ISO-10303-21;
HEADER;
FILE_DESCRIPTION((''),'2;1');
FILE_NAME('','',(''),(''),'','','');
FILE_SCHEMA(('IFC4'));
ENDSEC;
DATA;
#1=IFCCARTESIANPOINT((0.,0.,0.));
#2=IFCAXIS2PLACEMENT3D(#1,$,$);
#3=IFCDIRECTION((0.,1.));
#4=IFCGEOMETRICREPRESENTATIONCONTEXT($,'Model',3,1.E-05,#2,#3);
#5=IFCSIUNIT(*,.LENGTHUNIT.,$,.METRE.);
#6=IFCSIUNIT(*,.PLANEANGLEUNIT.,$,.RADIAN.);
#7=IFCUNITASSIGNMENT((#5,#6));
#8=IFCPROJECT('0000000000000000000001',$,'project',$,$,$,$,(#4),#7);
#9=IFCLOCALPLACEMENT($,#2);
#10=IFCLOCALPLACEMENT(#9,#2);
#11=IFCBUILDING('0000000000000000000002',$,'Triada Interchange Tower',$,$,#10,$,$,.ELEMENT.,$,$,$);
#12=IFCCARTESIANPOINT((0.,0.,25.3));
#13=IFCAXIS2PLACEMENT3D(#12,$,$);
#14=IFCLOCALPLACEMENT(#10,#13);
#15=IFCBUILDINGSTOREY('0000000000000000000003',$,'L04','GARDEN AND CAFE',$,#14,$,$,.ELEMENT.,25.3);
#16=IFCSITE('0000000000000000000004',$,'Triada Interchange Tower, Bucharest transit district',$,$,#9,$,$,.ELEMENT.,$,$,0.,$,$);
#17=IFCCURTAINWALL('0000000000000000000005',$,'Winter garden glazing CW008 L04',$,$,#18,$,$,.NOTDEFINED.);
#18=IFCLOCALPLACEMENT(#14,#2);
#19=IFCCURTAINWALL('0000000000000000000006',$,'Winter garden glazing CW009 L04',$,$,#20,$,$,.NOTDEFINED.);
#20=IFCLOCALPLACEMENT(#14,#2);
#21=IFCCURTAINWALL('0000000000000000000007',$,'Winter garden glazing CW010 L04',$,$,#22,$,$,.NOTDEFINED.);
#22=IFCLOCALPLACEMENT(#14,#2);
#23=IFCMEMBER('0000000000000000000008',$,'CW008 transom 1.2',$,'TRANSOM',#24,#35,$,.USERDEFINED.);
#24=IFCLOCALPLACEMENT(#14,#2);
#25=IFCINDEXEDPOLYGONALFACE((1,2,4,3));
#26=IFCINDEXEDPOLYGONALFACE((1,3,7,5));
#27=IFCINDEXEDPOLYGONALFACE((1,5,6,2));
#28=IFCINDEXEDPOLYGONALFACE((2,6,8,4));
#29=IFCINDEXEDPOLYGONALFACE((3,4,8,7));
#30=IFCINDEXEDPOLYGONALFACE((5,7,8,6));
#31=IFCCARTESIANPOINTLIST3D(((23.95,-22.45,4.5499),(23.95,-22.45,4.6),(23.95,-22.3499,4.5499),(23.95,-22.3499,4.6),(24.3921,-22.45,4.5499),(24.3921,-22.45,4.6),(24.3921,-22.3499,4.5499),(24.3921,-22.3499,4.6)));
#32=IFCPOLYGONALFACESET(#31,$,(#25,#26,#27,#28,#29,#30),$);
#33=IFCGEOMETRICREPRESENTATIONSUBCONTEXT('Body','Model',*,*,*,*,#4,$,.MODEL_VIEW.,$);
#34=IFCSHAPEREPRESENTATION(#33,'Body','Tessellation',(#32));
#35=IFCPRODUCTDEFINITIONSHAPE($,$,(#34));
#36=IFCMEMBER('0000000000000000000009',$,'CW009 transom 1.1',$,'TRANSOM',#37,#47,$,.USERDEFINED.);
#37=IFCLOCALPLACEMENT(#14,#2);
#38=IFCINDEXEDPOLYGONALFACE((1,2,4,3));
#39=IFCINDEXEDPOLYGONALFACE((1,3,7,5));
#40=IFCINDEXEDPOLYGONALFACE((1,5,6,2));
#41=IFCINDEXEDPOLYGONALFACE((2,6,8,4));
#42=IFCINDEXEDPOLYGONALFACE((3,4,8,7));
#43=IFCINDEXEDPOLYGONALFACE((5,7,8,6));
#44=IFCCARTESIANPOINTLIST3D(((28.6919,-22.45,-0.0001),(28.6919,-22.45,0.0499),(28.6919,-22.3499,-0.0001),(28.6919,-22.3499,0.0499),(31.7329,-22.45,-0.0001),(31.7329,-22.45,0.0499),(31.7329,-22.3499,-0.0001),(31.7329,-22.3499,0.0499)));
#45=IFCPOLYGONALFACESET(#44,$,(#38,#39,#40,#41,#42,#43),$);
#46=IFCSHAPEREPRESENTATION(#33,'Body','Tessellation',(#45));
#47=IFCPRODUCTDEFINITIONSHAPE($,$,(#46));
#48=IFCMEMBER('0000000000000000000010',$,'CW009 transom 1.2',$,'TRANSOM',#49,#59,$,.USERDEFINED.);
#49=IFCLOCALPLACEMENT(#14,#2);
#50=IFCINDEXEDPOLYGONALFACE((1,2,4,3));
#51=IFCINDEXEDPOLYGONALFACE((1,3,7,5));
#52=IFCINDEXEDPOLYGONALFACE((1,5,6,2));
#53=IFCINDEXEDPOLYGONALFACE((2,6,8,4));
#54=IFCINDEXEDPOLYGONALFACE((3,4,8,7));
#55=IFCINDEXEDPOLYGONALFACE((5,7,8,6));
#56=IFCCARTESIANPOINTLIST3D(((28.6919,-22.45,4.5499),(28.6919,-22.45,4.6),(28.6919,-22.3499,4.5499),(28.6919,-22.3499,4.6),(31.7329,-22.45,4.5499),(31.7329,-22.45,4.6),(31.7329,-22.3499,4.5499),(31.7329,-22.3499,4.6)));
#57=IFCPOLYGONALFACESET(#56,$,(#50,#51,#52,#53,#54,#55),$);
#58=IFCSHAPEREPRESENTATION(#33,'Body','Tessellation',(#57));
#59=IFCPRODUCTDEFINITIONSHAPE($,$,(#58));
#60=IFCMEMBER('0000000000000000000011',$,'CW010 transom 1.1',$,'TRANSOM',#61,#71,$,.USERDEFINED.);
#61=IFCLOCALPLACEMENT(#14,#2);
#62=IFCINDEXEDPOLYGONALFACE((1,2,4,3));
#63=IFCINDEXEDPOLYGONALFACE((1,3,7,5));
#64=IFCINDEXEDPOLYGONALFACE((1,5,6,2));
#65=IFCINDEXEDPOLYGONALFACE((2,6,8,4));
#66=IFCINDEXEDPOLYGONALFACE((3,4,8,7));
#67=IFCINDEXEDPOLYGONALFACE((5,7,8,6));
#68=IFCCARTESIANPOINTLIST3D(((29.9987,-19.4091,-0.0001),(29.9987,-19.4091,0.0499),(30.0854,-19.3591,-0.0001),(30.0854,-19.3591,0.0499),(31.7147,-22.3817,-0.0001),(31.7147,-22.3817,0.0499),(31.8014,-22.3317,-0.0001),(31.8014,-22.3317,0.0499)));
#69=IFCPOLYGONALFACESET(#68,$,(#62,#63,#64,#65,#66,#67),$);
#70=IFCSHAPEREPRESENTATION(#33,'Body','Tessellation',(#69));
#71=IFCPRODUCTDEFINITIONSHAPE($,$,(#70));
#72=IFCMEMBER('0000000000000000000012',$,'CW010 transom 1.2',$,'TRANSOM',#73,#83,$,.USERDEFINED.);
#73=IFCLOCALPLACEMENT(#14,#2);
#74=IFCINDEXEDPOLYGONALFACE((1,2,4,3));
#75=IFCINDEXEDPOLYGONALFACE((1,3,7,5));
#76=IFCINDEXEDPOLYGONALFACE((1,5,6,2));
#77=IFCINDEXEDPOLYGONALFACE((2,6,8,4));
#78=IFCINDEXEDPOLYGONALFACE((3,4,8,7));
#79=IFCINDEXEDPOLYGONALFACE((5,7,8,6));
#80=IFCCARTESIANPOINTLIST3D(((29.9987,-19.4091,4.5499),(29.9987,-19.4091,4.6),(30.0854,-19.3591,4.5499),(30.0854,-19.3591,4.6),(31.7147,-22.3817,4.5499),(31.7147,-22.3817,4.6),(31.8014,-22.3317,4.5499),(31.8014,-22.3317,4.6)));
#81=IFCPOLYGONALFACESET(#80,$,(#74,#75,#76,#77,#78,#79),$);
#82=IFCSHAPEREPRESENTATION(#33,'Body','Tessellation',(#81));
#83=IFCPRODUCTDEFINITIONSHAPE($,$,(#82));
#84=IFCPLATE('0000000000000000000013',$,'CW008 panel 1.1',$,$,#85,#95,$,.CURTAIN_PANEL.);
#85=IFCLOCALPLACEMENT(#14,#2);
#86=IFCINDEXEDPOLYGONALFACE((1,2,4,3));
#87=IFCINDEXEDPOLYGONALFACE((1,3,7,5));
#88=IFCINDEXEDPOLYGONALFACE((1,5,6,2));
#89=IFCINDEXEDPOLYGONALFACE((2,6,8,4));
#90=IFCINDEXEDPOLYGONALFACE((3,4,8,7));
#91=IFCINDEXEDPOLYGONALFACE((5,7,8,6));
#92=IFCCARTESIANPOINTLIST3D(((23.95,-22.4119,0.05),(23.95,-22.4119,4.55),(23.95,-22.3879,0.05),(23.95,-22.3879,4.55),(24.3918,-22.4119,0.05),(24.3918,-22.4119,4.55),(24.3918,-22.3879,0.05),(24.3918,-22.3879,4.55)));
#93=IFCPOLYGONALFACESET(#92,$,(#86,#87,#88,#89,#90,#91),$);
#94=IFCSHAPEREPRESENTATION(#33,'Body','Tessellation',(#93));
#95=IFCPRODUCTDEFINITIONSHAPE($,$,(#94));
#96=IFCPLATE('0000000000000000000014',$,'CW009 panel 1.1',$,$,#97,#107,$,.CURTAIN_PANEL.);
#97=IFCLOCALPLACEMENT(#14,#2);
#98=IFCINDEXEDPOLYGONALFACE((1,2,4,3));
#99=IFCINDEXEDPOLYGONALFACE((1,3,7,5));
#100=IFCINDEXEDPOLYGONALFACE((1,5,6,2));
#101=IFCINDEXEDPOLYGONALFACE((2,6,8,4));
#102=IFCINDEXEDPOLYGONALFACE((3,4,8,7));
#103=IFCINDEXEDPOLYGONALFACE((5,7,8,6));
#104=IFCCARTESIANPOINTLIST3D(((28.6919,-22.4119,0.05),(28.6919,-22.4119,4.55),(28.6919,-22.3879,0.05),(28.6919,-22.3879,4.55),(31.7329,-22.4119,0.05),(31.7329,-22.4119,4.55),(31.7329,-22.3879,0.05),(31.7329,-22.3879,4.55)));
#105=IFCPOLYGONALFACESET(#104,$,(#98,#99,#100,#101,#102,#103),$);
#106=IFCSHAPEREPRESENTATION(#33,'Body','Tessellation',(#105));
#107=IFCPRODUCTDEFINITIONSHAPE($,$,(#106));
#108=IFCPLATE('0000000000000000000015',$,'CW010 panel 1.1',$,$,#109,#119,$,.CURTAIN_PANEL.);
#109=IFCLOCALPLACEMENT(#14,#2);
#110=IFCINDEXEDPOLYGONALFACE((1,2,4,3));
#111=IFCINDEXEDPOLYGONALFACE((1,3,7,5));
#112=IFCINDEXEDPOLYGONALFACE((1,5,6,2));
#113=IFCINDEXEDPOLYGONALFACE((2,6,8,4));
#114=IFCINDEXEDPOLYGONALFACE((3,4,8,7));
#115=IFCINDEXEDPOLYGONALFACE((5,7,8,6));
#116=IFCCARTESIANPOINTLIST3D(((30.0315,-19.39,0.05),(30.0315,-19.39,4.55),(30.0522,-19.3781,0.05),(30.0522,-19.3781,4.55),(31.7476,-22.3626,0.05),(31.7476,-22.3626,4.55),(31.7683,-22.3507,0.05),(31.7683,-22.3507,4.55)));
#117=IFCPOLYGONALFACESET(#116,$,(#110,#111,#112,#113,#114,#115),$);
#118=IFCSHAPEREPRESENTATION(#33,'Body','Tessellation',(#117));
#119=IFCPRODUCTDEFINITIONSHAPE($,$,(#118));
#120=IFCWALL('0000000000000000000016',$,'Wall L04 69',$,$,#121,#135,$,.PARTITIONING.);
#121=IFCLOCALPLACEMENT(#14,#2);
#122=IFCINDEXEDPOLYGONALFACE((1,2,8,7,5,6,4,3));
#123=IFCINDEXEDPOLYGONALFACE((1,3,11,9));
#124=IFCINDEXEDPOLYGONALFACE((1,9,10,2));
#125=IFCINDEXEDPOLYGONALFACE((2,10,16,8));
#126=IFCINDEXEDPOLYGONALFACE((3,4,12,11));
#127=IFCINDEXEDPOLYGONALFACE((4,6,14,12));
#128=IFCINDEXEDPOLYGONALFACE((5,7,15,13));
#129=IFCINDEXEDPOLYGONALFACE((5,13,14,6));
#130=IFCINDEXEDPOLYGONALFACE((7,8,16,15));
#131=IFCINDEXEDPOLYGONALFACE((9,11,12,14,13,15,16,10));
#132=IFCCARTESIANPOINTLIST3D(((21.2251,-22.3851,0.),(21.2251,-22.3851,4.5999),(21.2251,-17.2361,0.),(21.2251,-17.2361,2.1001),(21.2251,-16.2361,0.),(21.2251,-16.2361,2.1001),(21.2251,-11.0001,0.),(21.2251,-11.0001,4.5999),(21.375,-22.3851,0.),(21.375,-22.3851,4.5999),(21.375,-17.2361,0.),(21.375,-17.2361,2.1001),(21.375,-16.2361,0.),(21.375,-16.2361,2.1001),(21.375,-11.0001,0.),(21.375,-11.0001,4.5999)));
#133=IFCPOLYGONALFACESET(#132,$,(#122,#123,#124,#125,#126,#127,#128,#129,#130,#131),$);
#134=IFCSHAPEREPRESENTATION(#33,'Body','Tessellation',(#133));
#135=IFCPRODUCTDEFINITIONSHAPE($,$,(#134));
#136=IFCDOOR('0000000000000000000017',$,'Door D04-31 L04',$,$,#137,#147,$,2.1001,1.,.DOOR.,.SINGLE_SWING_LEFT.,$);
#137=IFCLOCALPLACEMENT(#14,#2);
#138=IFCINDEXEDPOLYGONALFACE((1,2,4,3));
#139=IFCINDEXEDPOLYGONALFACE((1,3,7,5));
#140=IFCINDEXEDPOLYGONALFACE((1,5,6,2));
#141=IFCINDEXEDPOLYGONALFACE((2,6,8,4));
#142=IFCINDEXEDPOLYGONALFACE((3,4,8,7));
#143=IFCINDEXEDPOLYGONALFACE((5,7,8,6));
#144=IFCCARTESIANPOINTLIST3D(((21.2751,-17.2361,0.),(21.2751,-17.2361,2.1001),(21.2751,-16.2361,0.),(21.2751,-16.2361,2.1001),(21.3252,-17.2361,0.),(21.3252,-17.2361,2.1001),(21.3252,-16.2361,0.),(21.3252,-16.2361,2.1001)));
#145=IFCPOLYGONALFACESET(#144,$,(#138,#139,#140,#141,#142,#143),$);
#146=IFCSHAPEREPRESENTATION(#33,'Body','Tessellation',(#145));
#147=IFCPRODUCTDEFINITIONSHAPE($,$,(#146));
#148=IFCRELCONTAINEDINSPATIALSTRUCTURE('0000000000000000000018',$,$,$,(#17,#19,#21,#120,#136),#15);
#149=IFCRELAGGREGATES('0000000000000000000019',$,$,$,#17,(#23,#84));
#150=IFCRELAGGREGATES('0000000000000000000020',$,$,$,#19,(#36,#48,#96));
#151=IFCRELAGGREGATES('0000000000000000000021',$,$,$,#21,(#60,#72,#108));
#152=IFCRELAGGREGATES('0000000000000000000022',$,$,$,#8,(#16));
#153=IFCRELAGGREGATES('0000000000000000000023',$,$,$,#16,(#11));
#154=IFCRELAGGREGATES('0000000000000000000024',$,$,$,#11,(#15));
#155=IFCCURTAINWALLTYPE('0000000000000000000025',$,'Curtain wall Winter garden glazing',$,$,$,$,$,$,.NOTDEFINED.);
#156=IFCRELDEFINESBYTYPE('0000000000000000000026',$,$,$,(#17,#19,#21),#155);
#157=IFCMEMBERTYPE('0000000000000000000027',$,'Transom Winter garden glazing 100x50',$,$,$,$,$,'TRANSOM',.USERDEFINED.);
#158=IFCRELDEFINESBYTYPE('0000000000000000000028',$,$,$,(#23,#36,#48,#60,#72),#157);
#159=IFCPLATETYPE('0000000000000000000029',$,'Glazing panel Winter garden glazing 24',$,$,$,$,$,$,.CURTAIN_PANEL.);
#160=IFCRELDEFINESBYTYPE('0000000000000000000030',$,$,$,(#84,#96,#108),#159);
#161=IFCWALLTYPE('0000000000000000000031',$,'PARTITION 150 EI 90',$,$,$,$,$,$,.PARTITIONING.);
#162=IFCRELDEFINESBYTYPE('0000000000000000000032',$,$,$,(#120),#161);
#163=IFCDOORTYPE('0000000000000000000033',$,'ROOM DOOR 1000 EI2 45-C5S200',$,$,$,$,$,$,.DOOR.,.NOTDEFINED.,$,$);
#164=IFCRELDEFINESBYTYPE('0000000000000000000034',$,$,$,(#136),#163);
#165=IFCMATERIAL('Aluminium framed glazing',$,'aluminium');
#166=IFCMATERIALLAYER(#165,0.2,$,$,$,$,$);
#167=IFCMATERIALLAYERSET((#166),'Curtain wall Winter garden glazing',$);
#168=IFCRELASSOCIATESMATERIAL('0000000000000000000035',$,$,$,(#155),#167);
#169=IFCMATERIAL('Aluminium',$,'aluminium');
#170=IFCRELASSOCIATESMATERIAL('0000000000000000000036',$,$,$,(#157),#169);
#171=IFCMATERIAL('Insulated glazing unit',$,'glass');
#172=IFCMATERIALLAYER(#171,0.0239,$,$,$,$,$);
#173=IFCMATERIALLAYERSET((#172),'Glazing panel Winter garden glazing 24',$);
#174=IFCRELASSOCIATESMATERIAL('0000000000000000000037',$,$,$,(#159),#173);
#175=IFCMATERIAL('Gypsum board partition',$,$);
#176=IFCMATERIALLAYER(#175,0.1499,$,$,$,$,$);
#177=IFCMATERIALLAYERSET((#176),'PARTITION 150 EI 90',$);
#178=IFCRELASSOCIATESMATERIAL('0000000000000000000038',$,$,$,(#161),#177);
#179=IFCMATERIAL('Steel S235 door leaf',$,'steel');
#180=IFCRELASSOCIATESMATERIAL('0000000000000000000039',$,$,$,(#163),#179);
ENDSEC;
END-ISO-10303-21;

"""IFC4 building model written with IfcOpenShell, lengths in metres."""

from ifc_helpers import new_model, si_unit, direction, frame, frame_2d, origin, origin_2d, place, context, subcontext, project, spatial, rectangle, extrude, material, layer, layer_set, material_profile, profile_set, type_object, element, fill, aggregate, save


model = new_model("IFC4")

# Units and contexts
model_context = context("Model", 3, precision=1e-05, world=origin(), true_north=direction((0.0, 1.0)))
body_context = subcontext(model_context, "Body", "Model", "MODEL_VIEW")
ifc_project = project(units=[si_unit("LENGTHUNIT", "METRE"), si_unit("PLANEANGLEUNIT", "RADIAN")], contexts=[model_context])

# Site, building, storey
site_placement = place(None, origin())
site = spatial("IfcSite", under=ifc_project, at=site_placement, Name="Triada Interchange Tower, Bucharest transit district", CompositionType="ELEMENT", RefElevation=0.0)
building_placement = place(site_placement, origin())
building = spatial("IfcBuilding", under=site, at=building_placement, Name="Triada Interchange Tower", CompositionType="ELEMENT")
storey_placement = place(building_placement, frame((0.0, 0.0, 25.3)))
storey = spatial("IfcBuildingStorey", under=building, at=storey_placement, Name="L04", Description="GARDEN AND CAFE", CompositionType="ELEMENT", Elevation=25.3)

# Curtain wall
ifc_material_1 = material(Name="Aluminium framed glazing", Category="aluminium")
ifc_layer_1 = layer(ifc_material_1, 0.2)
ifc_layer_set_1 = layer_set([ifc_layer_1], Name="Curtain wall Winter garden glazing")
curtain_wall_type = type_object("IfcCurtainWallType", Name="Curtain wall Winter garden glazing", PredefinedType="NOTDEFINED", material=ifc_layer_set_1)
curtain_wall_1_placement = place(storey_placement, origin())
curtain_wall_1 = element("IfcCurtainWall", 1, at=curtain_wall_1_placement, inside=storey, type_object=curtain_wall_type, Name="Winter garden glazing CW008 L04", PredefinedType="NOTDEFINED")
ifc_material_2 = material(Name="Aluminium", Category="aluminium")

# Curtain wall
curtain_wall_2_placement = place(storey_placement, origin())
curtain_wall_2 = element("IfcCurtainWall", 2, at=curtain_wall_2_placement, inside=storey, type_object=curtain_wall_type, Name="Winter garden glazing CW009 L04", PredefinedType="NOTDEFINED")

# Curtain wall
curtain_wall_3_placement = place(storey_placement, origin())
curtain_wall_3 = element("IfcCurtainWall", 3, at=curtain_wall_3_placement, inside=storey, type_object=curtain_wall_type, Name="Winter garden glazing CW010 L04", PredefinedType="NOTDEFINED")

# Members
ifc_material_profile_1 = material_profile(ifc_material_2, rectangle(XDim=0.1001, YDim=0.05, at=origin_2d()), Name="Aluminium transom")
ifc_profile_set_1 = profile_set([ifc_material_profile_1], Name="Aluminium")
member_type_1 = type_object("IfcMemberType", Name="Transom Winter garden glazing 100x50", ElementType="TRANSOM", PredefinedType="USERDEFINED", material=ifc_profile_set_1)
member_1_placement = place(storey_placement, frame((23.95, -22.3999, 4.575), z_axis=(1.0, 0.0, 0.0), x_axis=(0.0, 1.0, 0.0)))
member_1 = element("IfcMember", 4, at=member_1_placement, type_object=member_type_1, Name="CW008 transom 1.2", ObjectType="TRANSOM", PredefinedType="USERDEFINED", context=body_context, shape_type="SweptSolid", body=[
    extrude(rectangle(XDim=0.1001, YDim=0.05, at=origin_2d()), origin(), (0.0, 0.0, 1.0), 0.4421),
])
member_2_placement = place(storey_placement, frame((28.6919, -22.3999, 0.0249), z_axis=(1.0, 0.0, 0.0), x_axis=(0.0, 1.0, 0.0)))
member_2 = element("IfcMember", 5, at=member_2_placement, type_object=member_type_1, Name="CW009 transom 1.1", ObjectType="TRANSOM", PredefinedType="USERDEFINED", context=body_context, shape_type="SweptSolid", body=[
    extrude(rectangle(XDim=0.1001, YDim=0.05, at=origin_2d()), origin(), (0.0, 0.0, 1.0), 3.041),
])
member_3_placement = place(storey_placement, frame((28.6919, -22.3999, 4.575), z_axis=(1.0, 0.0, 0.0), x_axis=(0.0, 1.0, 0.0)))
member_3 = element("IfcMember", 6, at=member_3_placement, type_object=member_type_1, Name="CW009 transom 1.2", ObjectType="TRANSOM", PredefinedType="USERDEFINED", context=body_context, shape_type="SweptSolid", body=[
    extrude(rectangle(XDim=0.1001, YDim=0.05, at=origin_2d()), origin(), (0.0, 0.0, 1.0), 3.041),
])
member_4_placement = place(storey_placement, frame((31.7581, -22.3567, 0.0249), z_axis=(-0.499956, 0.866051, 0.0), x_axis=(-0.866051, -0.499956, 0.0)))
member_4 = element("IfcMember", 7, at=member_4_placement, type_object=member_type_1, Name="CW010 transom 1.1", ObjectType="TRANSOM", PredefinedType="USERDEFINED", context=body_context, shape_type="SweptSolid", body=[
    extrude(rectangle(XDim=0.1001, YDim=0.05, at=origin_2d()), origin(), (0.0, 0.0, 1.0), 3.4324),
])
member_5_placement = place(storey_placement, frame((31.7581, -22.3567, 4.575), z_axis=(-0.499956, 0.866051, 0.0), x_axis=(-0.866051, -0.499956, 0.0)))
member_5 = element("IfcMember", 8, at=member_5_placement, type_object=member_type_1, Name="CW010 transom 1.2", ObjectType="TRANSOM", PredefinedType="USERDEFINED", context=body_context, shape_type="SweptSolid", body=[
    extrude(rectangle(XDim=0.1001, YDim=0.05, at=origin_2d()), origin(), (0.0, 0.0, 1.0), 3.4324),
])

# Plates
ifc_material_3 = material(Name="Insulated glazing unit", Category="glass")
ifc_layer_2 = layer(ifc_material_3, 0.0239)
ifc_layer_set_2 = layer_set([ifc_layer_2], Name="Glazing panel Winter garden glazing 24")
plate_type = type_object("IfcPlateType", Name="Glazing panel Winter garden glazing 24", PredefinedType="CURTAIN_PANEL", material=ifc_layer_set_2)
plate_1_placement = place(storey_placement, frame((24.1709, -22.3999, 0.05), z_axis=(0.0, 0.0, 1.0), x_axis=(1.0, 0.0, 0.0)))
plate_1 = element("IfcPlate", 9, at=plate_1_placement, type_object=plate_type, Name="CW008 panel 1.1", PredefinedType="CURTAIN_PANEL", context=body_context, shape_type="SweptSolid", body=[
    extrude(rectangle(XDim=0.4419, YDim=0.0239, at=origin_2d()), origin(), (0.0, 0.0, 1.0), 4.5),
])
aggregate(curtain_wall_1, [member_1, plate_1])
plate_2_placement = place(storey_placement, frame((30.2124, -22.3999, 0.05), z_axis=(0.0, 0.0, 1.0), x_axis=(1.0, 0.0, 0.0)))
plate_2 = element("IfcPlate", 10, at=plate_2_placement, type_object=plate_type, Name="CW009 panel 1.1", PredefinedType="CURTAIN_PANEL", context=body_context, shape_type="SweptSolid", body=[
    extrude(rectangle(XDim=3.041, YDim=0.0239, at=origin_2d()), origin(), (0.0, 0.0, 1.0), 4.5),
])
aggregate(curtain_wall_2, [member_2, member_3, plate_2])
plate_3_placement = place(storey_placement, frame((30.8999, -20.8704, 0.05), z_axis=(0.0, 0.0, 1.0), x_axis=(-0.499957, 0.86605, 0.0)))
plate_3 = element("IfcPlate", 11, at=plate_3_placement, type_object=plate_type, Name="CW010 panel 1.1", PredefinedType="CURTAIN_PANEL", context=body_context, shape_type="SweptSolid", body=[
    extrude(rectangle(XDim=3.4324, YDim=0.0239, at=origin_2d()), origin(), (0.0, 0.0, 1.0), 4.5),
])
aggregate(curtain_wall_3, [member_4, member_5, plate_3])

# Wall, opening, door
ifc_material_4 = material(Name="Gypsum board partition")
ifc_layer_3 = layer(ifc_material_4, 0.1499)
ifc_layer_set_3 = layer_set([ifc_layer_3], Name="PARTITION 150 EI 90")
wall_type_1 = type_object("IfcWallType", Name="PARTITION 150 EI 90", PredefinedType="PARTITIONING", material=ifc_layer_set_3)
wall_1_placement = place(storey_placement, frame((21.3, -22.385, 0.0), z_axis=(0.0, 0.0, 1.0), x_axis=(0.0, 1.0, 0.0)))
wall_1 = element("IfcWall", 12, at=wall_1_placement, inside=storey, type_object=wall_type_1, Name="Wall L04 69", PredefinedType="PARTITIONING", context=body_context, shape_type="SweptSolid", body=[
    extrude(rectangle(XDim=11.385, YDim=0.1499, at=frame_2d((5.6924, 0.0))), origin(), (0.0, 0.0, 1.0), 4.5999),
])
opening_1_placement = place(wall_1_placement, frame((5.1489, 0.0, 0.0)))
opening_1 = element("IfcOpeningElement", 13, at=opening_1_placement, cuts=wall_1, PredefinedType="OPENING", context=body_context, shape_type="SweptSolid", body=[
    extrude(rectangle(XDim=1.0, YDim=2.1001, at=frame_2d((0.5, 1.05))), frame((0.0, 0.085, 0.0), z_axis=(0.0, -1.0, 0.0), x_axis=(1.0, 0.0, 0.0)), (0.0, 0.0, 1.0), 0.1699),
])
ifc_material_5 = material(Name="Steel S235 door leaf", Category="steel")
door_type_1 = type_object("IfcDoorType", Name="ROOM DOOR 1000 EI2 45-C5S200", OperationType="NOTDEFINED", PredefinedType="DOOR", material=ifc_material_5)
door_1_placement = place(opening_1_placement, origin())
door_1 = element("IfcDoor", 14, at=door_1_placement, inside=storey, type_object=door_type_1, Name="Door D04-31 L04", OperationType="SINGLE_SWING_LEFT", OverallHeight=2.1001, OverallWidth=1.0, PredefinedType="DOOR", context=body_context, shape_type="SweptSolid", body=[
    extrude(rectangle(XDim=1.0, YDim=2.1001, at=frame_2d((0.5, 1.05))), frame((0.0, 0.0249, 0.0), z_axis=(0.0, -1.0, 0.0), x_axis=(1.0, 0.0, 0.0)), (0.0, 0.0, 1.0), 0.05),
])
fill(opening_1, door_1)

save(model, "model.ifc")
